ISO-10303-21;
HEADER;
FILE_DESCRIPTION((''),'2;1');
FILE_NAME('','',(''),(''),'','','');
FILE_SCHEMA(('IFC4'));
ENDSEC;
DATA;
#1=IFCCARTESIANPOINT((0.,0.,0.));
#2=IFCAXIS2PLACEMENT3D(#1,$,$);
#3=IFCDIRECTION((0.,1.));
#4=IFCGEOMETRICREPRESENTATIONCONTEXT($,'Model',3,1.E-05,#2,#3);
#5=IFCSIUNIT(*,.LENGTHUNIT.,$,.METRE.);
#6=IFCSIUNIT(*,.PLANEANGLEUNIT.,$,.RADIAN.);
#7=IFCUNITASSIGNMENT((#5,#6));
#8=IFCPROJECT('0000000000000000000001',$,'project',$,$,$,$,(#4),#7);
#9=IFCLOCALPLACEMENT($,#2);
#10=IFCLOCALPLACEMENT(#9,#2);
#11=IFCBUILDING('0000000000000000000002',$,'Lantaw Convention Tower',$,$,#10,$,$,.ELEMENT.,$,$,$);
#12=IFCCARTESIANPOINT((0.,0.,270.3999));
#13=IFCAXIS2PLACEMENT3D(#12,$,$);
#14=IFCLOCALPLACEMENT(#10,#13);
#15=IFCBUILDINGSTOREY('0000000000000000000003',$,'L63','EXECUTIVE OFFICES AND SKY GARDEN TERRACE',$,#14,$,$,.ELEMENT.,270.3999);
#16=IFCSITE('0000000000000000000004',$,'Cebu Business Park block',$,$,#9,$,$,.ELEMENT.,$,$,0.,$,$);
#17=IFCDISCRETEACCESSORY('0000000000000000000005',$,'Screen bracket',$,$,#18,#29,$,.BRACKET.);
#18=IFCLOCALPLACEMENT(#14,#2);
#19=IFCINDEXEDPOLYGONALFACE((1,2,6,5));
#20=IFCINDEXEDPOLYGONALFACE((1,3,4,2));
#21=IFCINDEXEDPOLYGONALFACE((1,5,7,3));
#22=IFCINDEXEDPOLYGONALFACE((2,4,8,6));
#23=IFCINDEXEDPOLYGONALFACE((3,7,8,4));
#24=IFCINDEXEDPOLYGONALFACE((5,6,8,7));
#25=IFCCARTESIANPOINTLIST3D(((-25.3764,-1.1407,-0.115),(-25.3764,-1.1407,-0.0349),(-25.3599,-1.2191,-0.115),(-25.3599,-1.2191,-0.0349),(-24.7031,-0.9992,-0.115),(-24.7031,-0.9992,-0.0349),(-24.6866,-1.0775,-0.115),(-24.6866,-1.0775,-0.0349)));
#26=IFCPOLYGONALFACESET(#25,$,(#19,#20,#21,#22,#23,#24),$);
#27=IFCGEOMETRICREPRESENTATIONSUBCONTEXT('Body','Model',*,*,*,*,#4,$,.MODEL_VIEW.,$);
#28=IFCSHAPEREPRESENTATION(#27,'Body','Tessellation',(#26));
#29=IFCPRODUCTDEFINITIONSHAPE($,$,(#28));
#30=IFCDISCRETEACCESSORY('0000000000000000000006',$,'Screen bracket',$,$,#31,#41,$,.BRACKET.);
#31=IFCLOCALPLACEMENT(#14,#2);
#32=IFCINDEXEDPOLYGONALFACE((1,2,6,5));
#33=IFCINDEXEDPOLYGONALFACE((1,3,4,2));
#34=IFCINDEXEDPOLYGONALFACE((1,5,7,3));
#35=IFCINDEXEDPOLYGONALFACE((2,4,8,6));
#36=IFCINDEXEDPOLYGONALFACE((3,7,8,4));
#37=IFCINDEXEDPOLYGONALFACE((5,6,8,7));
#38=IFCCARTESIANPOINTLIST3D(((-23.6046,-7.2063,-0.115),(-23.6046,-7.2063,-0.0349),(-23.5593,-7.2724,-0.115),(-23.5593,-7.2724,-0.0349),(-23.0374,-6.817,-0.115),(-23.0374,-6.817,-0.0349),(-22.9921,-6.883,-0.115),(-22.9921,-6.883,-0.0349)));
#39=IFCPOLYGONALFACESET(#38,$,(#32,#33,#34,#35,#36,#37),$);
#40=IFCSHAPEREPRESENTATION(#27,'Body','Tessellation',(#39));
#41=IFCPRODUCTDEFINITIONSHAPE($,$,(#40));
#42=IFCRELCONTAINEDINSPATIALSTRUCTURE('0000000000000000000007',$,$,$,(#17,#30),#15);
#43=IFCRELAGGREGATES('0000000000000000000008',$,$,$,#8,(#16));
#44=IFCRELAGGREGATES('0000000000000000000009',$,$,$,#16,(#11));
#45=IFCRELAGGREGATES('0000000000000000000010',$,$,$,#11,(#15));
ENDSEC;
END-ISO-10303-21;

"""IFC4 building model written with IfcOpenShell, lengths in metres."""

from ifc_helpers import new_model, si_unit, direction, frame, origin, origin_2d, place, context, subcontext, project, spatial, rectangle, extrude, element, save


model = new_model("IFC4")

# Units and contexts
model_context = context("Model", 3, precision=1e-05, world=origin(), true_north=direction((0.0, 1.0)))
body_context = subcontext(model_context, "Body", "Model", "MODEL_VIEW")
ifc_project = project(units=[si_unit("LENGTHUNIT", "METRE"), si_unit("PLANEANGLEUNIT", "RADIAN")], contexts=[model_context])

# Site, building, storey
site_placement = place(None, origin())
site = spatial("IfcSite", under=ifc_project, at=site_placement, Name="Cebu Business Park block", CompositionType="ELEMENT", RefElevation=0.0)
building_placement = place(site_placement, origin())
building = spatial("IfcBuilding", under=site, at=building_placement, Name="Lantaw Convention Tower", CompositionType="ELEMENT")
storey_placement = place(building_placement, frame((0.0, 0.0, 270.3999)))
storey = spatial("IfcBuildingStorey", under=building, at=storey_placement, Name="L63", Description="EXECUTIVE OFFICES AND SKY GARDEN TERRACE", CompositionType="ELEMENT", Elevation=270.3999)

# Discrete accessories
for number, where, z_axis, x_axis, name in (
    (1, (-25.0315, -1.1091, -0.115), (0.0, 0.0, 1.0), (0.205814, -0.978591, 0.0), "Screen bracket"),
    (2, (-23.2983, -7.0447, -0.115), (0.0, 0.0, 1.0), (0.565935, -0.82445, 0.0), "Screen bracket"),
):
    element("IfcDiscreteAccessory", number, at=place(storey_placement, frame(where, z_axis=z_axis, x_axis=x_axis)), inside=storey, Name=name, PredefinedType="BRACKET", context=body_context, shape_type="SweptSolid", body=[
        extrude(rectangle(XDim=0.0801, YDim=0.688, at=origin_2d()), origin(), (0.0, 0.0, 1.0), 0.0801),
    ])

save(model, "model.ifc")
